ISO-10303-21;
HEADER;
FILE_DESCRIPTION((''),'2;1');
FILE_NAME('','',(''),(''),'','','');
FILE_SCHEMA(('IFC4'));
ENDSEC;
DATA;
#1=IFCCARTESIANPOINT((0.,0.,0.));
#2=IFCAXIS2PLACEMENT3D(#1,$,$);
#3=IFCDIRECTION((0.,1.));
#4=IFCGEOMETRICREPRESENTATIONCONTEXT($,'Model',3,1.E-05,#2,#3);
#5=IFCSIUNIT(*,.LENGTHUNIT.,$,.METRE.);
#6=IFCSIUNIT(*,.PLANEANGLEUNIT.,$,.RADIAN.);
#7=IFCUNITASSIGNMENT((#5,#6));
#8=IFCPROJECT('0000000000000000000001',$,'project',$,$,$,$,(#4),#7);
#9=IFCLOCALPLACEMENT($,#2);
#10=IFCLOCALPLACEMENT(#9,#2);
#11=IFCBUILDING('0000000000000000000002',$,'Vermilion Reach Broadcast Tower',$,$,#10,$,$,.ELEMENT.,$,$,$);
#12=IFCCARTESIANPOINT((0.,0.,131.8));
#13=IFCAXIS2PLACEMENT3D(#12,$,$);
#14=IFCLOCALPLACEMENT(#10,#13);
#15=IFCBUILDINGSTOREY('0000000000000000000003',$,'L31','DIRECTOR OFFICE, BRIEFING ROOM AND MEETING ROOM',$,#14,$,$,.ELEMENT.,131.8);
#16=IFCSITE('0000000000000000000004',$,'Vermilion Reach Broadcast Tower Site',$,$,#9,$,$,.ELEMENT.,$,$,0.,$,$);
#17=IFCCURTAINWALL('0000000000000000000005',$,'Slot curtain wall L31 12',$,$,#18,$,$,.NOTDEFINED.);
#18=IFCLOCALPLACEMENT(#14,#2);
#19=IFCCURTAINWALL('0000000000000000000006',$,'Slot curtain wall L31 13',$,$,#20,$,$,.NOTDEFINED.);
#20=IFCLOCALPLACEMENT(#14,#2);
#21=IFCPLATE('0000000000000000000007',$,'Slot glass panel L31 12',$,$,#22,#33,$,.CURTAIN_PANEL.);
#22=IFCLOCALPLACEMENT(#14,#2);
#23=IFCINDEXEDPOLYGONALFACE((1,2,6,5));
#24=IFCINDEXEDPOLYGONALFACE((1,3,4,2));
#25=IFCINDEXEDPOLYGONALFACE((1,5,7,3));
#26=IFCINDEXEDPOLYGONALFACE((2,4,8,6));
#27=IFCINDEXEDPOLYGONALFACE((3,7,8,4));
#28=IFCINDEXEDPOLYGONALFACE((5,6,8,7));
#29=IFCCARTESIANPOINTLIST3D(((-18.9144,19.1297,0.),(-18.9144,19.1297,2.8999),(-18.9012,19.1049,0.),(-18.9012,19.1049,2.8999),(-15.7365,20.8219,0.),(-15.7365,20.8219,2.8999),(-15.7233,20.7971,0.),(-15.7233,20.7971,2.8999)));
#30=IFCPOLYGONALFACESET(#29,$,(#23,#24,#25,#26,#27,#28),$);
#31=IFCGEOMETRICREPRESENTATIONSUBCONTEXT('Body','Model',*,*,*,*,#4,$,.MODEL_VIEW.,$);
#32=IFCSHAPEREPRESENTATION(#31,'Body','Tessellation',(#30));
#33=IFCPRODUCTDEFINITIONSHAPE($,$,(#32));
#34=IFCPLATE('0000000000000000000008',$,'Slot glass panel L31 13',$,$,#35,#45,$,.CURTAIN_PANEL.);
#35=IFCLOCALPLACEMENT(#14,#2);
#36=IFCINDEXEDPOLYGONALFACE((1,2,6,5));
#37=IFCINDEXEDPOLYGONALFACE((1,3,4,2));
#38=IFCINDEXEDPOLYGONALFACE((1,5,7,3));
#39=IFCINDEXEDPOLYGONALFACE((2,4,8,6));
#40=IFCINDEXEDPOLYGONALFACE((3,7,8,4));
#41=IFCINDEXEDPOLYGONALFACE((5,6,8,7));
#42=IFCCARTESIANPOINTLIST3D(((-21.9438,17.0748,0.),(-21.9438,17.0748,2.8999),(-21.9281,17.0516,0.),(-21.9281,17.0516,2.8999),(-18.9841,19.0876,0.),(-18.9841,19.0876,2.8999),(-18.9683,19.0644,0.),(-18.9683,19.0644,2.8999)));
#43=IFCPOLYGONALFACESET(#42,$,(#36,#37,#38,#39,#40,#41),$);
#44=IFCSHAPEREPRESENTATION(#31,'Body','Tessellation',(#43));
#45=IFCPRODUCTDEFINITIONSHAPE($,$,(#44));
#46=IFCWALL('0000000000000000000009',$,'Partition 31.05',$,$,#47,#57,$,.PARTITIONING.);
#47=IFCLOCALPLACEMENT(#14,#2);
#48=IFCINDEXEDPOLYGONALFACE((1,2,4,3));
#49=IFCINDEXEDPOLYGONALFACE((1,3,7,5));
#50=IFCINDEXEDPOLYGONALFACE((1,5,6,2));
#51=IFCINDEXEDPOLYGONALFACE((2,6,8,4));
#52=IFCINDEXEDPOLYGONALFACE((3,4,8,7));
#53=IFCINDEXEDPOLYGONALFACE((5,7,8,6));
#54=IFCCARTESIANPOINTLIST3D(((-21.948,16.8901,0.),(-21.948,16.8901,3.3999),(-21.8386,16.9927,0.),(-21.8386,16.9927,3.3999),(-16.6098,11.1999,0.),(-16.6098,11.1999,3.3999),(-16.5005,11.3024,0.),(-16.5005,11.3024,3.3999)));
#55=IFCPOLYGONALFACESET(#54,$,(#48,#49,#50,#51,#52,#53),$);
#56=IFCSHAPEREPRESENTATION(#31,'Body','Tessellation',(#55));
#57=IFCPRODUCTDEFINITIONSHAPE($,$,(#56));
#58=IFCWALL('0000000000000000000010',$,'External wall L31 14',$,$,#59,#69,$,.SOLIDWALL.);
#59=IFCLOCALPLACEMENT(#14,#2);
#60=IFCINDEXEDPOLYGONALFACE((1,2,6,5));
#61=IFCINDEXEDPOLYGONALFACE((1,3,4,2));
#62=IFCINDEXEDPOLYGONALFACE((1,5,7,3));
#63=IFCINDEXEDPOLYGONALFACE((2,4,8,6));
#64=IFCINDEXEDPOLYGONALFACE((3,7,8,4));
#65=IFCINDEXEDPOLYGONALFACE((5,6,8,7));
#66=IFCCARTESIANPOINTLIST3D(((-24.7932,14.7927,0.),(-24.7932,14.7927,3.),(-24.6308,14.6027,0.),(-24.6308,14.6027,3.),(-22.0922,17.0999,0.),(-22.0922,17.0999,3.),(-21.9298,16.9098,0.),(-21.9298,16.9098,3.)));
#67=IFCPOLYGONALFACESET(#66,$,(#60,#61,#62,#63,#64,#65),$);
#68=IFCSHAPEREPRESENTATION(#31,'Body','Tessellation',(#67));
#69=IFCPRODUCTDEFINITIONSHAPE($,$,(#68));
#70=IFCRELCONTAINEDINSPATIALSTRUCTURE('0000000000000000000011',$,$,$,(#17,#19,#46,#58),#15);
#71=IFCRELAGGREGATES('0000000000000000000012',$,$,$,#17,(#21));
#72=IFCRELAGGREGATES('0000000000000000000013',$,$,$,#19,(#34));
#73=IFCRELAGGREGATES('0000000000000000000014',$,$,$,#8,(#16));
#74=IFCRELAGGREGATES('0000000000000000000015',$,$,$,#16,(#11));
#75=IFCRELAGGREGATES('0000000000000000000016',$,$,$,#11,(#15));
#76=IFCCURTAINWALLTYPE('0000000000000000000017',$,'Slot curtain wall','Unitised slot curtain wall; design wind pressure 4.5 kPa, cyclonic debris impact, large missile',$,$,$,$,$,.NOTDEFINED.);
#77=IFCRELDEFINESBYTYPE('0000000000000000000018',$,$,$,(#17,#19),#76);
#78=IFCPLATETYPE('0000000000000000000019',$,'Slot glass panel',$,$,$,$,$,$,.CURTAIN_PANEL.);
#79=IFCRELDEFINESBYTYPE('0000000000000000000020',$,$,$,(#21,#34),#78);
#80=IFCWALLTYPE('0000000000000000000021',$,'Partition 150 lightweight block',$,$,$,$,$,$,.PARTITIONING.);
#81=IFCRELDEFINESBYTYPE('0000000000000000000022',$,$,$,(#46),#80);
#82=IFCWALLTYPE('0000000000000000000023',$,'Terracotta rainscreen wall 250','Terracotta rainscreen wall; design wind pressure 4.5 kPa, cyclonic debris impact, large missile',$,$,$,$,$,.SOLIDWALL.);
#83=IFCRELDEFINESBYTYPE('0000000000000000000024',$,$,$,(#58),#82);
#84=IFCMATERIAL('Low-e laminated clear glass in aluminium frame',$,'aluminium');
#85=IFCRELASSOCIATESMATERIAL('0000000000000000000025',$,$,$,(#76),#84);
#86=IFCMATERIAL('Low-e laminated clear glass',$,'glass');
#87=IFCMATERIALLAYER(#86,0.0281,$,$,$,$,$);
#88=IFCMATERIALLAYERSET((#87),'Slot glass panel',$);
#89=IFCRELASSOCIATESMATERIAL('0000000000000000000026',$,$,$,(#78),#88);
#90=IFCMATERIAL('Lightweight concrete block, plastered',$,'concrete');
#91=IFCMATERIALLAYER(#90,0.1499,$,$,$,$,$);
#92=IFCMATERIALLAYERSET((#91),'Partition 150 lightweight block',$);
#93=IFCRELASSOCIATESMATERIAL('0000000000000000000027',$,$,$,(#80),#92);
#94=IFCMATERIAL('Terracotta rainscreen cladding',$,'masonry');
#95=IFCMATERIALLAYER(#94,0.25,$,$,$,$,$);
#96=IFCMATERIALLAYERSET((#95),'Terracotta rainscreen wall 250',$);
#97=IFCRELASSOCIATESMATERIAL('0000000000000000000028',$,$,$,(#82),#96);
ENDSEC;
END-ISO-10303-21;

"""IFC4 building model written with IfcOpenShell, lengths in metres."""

from ifc_helpers import new_model, si_unit, direction, frame, frame_2d, origin, origin_2d, place, context, subcontext, project, spatial, rectangle, extrude, material, layer, layer_set, type_object, element, aggregate, save


model = new_model("IFC4")

# Units and contexts
model_context = context("Model", 3, precision=1e-05, world=origin(), true_north=direction((0.0, 1.0)))
body_context = subcontext(model_context, "Body", "Model", "MODEL_VIEW")
ifc_project = project(units=[si_unit("LENGTHUNIT", "METRE"), si_unit("PLANEANGLEUNIT", "RADIAN")], contexts=[model_context])

# Site, building, storey
site_placement = place(None, origin())
site = spatial("IfcSite", under=ifc_project, at=site_placement, Name="Vermilion Reach Broadcast Tower Site", CompositionType="ELEMENT", RefElevation=0.0)
building_placement = place(site_placement, origin())
building = spatial("IfcBuilding", under=site, at=building_placement, Name="Vermilion Reach Broadcast Tower", CompositionType="ELEMENT")
storey_placement = place(building_placement, frame((0.0, 0.0, 131.8)))
storey = spatial("IfcBuildingStorey", under=building, at=storey_placement, Name="L31", Description="DIRECTOR OFFICE, BRIEFING ROOM AND MEETING ROOM", CompositionType="ELEMENT", Elevation=131.8)

# Curtain wall
ifc_material_1 = material(Name="Low-e laminated clear glass in aluminium frame", Category="aluminium")
curtain_wall_type = type_object("IfcCurtainWallType", Name="Slot curtain wall", Description="Unitised slot curtain wall; design wind pressure 4.5 kPa, cyclonic debris impact, large missile", PredefinedType="NOTDEFINED", material=ifc_material_1)
placement = place(storey_placement, origin())
curtain_wall_1 = element("IfcCurtainWall", 1, at=placement, inside=storey, type_object=curtain_wall_type, Name="Slot curtain wall L31 12", PredefinedType="NOTDEFINED")

# Curtain wall
curtain_wall_2 = element("IfcCurtainWall", 2, at=placement, inside=storey, type_object=curtain_wall_type, Name="Slot curtain wall L31 13", PredefinedType="NOTDEFINED")

# Plates
ifc_material_2 = material(Name="Low-e laminated clear glass", Category="glass")
ifc_layer_1 = layer(ifc_material_2, 0.0281)
ifc_layer_set_1 = layer_set([ifc_layer_1], Name="Slot glass panel")
plate_type = type_object("IfcPlateType", Name="Slot glass panel", PredefinedType="CURTAIN_PANEL", material=ifc_layer_set_1)
plate_1_placement = place(storey_placement, frame((-17.3188, 19.9634, 0.0), z_axis=(0.0, 0.0, 1.0), x_axis=(-0.882666, -0.47, 0.0)))
plate_1 = element("IfcPlate", 3, at=plate_1_placement, type_object=plate_type, Name="Slot glass panel L31 12", PredefinedType="CURTAIN_PANEL", context=body_context, shape_type="SweptSolid", body=[
    extrude(rectangle(XDim=3.6003, YDim=0.0281, at=origin_2d()), origin(), (0.0, 0.0, 1.0), 2.8999),
])
aggregate(curtain_wall_1, [plate_1])
plate_2_placement = place(storey_placement, frame((-20.4561, 18.0696, 0.0), z_axis=(0.0, 0.0, 1.0), x_axis=(-0.826908, -0.562337, 0.0)))
plate_2 = element("IfcPlate", 4, at=plate_2_placement, type_object=plate_type, Name="Slot glass panel L31 13", PredefinedType="CURTAIN_PANEL", context=body_context, shape_type="SweptSolid", body=[
    extrude(rectangle(XDim=3.5793, YDim=0.0281, at=origin_2d()), origin(), (0.0, 0.0, 1.0), 2.8999),
])
aggregate(curtain_wall_2, [plate_2])

# Walls
ifc_material_3 = material(Name="Lightweight concrete block, plastered", Category="concrete")
ifc_layer_2 = layer(ifc_material_3, 0.1499)
ifc_layer_set_2 = layer_set([ifc_layer_2], Name="Partition 150 lightweight block")
wall_type_1 = type_object("IfcWallType", Name="Partition 150 lightweight block", PredefinedType="PARTITIONING", material=ifc_layer_set_2)
wall_1_placement = place(storey_placement, frame((-21.8933, 16.9414, 0.0), z_axis=(0.0, 0.0, 1.0), x_axis=(0.684186, -0.729308, 0.0)))
element("IfcWall", 5, at=wall_1_placement, inside=storey, type_object=wall_type_1, Name="Partition 31.05", PredefinedType="PARTITIONING", context=body_context, shape_type="SweptSolid", body=[
    extrude(rectangle(XDim=7.8022, YDim=0.1499, at=frame_2d((3.9011, 0.0))), origin(), (0.0, 0.0, 1.0), 3.3999),
])
ifc_material_4 = material(Name="Terracotta rainscreen cladding", Category="masonry")
ifc_layer_3 = layer(ifc_material_4, 0.25)
ifc_layer_set_3 = layer_set([ifc_layer_3], Name="Terracotta rainscreen wall 250")
wall_type_2 = type_object("IfcWallType", Name="Terracotta rainscreen wall 250", Description="Terracotta rainscreen wall; design wind pressure 4.5 kPa, cyclonic debris impact, large missile", PredefinedType="SOLIDWALL", material=ifc_layer_set_3)
wall_2_placement = place(storey_placement, frame((-22.011, 17.0049, 0.0), z_axis=(0.0, 0.0, 1.0), x_axis=(-0.760362, -0.6495, 0.0)))
element("IfcWall", 6, at=wall_2_placement, inside=storey, type_object=wall_type_2, Name="External wall L31 14", PredefinedType="SOLIDWALL", context=body_context, shape_type="SweptSolid", body=[
    extrude(rectangle(XDim=3.5522, YDim=0.25, at=frame_2d((1.7761, 0.0))), origin(), (0.0, 0.0, 1.0), 3.0),
])

save(model, "model.ifc")
